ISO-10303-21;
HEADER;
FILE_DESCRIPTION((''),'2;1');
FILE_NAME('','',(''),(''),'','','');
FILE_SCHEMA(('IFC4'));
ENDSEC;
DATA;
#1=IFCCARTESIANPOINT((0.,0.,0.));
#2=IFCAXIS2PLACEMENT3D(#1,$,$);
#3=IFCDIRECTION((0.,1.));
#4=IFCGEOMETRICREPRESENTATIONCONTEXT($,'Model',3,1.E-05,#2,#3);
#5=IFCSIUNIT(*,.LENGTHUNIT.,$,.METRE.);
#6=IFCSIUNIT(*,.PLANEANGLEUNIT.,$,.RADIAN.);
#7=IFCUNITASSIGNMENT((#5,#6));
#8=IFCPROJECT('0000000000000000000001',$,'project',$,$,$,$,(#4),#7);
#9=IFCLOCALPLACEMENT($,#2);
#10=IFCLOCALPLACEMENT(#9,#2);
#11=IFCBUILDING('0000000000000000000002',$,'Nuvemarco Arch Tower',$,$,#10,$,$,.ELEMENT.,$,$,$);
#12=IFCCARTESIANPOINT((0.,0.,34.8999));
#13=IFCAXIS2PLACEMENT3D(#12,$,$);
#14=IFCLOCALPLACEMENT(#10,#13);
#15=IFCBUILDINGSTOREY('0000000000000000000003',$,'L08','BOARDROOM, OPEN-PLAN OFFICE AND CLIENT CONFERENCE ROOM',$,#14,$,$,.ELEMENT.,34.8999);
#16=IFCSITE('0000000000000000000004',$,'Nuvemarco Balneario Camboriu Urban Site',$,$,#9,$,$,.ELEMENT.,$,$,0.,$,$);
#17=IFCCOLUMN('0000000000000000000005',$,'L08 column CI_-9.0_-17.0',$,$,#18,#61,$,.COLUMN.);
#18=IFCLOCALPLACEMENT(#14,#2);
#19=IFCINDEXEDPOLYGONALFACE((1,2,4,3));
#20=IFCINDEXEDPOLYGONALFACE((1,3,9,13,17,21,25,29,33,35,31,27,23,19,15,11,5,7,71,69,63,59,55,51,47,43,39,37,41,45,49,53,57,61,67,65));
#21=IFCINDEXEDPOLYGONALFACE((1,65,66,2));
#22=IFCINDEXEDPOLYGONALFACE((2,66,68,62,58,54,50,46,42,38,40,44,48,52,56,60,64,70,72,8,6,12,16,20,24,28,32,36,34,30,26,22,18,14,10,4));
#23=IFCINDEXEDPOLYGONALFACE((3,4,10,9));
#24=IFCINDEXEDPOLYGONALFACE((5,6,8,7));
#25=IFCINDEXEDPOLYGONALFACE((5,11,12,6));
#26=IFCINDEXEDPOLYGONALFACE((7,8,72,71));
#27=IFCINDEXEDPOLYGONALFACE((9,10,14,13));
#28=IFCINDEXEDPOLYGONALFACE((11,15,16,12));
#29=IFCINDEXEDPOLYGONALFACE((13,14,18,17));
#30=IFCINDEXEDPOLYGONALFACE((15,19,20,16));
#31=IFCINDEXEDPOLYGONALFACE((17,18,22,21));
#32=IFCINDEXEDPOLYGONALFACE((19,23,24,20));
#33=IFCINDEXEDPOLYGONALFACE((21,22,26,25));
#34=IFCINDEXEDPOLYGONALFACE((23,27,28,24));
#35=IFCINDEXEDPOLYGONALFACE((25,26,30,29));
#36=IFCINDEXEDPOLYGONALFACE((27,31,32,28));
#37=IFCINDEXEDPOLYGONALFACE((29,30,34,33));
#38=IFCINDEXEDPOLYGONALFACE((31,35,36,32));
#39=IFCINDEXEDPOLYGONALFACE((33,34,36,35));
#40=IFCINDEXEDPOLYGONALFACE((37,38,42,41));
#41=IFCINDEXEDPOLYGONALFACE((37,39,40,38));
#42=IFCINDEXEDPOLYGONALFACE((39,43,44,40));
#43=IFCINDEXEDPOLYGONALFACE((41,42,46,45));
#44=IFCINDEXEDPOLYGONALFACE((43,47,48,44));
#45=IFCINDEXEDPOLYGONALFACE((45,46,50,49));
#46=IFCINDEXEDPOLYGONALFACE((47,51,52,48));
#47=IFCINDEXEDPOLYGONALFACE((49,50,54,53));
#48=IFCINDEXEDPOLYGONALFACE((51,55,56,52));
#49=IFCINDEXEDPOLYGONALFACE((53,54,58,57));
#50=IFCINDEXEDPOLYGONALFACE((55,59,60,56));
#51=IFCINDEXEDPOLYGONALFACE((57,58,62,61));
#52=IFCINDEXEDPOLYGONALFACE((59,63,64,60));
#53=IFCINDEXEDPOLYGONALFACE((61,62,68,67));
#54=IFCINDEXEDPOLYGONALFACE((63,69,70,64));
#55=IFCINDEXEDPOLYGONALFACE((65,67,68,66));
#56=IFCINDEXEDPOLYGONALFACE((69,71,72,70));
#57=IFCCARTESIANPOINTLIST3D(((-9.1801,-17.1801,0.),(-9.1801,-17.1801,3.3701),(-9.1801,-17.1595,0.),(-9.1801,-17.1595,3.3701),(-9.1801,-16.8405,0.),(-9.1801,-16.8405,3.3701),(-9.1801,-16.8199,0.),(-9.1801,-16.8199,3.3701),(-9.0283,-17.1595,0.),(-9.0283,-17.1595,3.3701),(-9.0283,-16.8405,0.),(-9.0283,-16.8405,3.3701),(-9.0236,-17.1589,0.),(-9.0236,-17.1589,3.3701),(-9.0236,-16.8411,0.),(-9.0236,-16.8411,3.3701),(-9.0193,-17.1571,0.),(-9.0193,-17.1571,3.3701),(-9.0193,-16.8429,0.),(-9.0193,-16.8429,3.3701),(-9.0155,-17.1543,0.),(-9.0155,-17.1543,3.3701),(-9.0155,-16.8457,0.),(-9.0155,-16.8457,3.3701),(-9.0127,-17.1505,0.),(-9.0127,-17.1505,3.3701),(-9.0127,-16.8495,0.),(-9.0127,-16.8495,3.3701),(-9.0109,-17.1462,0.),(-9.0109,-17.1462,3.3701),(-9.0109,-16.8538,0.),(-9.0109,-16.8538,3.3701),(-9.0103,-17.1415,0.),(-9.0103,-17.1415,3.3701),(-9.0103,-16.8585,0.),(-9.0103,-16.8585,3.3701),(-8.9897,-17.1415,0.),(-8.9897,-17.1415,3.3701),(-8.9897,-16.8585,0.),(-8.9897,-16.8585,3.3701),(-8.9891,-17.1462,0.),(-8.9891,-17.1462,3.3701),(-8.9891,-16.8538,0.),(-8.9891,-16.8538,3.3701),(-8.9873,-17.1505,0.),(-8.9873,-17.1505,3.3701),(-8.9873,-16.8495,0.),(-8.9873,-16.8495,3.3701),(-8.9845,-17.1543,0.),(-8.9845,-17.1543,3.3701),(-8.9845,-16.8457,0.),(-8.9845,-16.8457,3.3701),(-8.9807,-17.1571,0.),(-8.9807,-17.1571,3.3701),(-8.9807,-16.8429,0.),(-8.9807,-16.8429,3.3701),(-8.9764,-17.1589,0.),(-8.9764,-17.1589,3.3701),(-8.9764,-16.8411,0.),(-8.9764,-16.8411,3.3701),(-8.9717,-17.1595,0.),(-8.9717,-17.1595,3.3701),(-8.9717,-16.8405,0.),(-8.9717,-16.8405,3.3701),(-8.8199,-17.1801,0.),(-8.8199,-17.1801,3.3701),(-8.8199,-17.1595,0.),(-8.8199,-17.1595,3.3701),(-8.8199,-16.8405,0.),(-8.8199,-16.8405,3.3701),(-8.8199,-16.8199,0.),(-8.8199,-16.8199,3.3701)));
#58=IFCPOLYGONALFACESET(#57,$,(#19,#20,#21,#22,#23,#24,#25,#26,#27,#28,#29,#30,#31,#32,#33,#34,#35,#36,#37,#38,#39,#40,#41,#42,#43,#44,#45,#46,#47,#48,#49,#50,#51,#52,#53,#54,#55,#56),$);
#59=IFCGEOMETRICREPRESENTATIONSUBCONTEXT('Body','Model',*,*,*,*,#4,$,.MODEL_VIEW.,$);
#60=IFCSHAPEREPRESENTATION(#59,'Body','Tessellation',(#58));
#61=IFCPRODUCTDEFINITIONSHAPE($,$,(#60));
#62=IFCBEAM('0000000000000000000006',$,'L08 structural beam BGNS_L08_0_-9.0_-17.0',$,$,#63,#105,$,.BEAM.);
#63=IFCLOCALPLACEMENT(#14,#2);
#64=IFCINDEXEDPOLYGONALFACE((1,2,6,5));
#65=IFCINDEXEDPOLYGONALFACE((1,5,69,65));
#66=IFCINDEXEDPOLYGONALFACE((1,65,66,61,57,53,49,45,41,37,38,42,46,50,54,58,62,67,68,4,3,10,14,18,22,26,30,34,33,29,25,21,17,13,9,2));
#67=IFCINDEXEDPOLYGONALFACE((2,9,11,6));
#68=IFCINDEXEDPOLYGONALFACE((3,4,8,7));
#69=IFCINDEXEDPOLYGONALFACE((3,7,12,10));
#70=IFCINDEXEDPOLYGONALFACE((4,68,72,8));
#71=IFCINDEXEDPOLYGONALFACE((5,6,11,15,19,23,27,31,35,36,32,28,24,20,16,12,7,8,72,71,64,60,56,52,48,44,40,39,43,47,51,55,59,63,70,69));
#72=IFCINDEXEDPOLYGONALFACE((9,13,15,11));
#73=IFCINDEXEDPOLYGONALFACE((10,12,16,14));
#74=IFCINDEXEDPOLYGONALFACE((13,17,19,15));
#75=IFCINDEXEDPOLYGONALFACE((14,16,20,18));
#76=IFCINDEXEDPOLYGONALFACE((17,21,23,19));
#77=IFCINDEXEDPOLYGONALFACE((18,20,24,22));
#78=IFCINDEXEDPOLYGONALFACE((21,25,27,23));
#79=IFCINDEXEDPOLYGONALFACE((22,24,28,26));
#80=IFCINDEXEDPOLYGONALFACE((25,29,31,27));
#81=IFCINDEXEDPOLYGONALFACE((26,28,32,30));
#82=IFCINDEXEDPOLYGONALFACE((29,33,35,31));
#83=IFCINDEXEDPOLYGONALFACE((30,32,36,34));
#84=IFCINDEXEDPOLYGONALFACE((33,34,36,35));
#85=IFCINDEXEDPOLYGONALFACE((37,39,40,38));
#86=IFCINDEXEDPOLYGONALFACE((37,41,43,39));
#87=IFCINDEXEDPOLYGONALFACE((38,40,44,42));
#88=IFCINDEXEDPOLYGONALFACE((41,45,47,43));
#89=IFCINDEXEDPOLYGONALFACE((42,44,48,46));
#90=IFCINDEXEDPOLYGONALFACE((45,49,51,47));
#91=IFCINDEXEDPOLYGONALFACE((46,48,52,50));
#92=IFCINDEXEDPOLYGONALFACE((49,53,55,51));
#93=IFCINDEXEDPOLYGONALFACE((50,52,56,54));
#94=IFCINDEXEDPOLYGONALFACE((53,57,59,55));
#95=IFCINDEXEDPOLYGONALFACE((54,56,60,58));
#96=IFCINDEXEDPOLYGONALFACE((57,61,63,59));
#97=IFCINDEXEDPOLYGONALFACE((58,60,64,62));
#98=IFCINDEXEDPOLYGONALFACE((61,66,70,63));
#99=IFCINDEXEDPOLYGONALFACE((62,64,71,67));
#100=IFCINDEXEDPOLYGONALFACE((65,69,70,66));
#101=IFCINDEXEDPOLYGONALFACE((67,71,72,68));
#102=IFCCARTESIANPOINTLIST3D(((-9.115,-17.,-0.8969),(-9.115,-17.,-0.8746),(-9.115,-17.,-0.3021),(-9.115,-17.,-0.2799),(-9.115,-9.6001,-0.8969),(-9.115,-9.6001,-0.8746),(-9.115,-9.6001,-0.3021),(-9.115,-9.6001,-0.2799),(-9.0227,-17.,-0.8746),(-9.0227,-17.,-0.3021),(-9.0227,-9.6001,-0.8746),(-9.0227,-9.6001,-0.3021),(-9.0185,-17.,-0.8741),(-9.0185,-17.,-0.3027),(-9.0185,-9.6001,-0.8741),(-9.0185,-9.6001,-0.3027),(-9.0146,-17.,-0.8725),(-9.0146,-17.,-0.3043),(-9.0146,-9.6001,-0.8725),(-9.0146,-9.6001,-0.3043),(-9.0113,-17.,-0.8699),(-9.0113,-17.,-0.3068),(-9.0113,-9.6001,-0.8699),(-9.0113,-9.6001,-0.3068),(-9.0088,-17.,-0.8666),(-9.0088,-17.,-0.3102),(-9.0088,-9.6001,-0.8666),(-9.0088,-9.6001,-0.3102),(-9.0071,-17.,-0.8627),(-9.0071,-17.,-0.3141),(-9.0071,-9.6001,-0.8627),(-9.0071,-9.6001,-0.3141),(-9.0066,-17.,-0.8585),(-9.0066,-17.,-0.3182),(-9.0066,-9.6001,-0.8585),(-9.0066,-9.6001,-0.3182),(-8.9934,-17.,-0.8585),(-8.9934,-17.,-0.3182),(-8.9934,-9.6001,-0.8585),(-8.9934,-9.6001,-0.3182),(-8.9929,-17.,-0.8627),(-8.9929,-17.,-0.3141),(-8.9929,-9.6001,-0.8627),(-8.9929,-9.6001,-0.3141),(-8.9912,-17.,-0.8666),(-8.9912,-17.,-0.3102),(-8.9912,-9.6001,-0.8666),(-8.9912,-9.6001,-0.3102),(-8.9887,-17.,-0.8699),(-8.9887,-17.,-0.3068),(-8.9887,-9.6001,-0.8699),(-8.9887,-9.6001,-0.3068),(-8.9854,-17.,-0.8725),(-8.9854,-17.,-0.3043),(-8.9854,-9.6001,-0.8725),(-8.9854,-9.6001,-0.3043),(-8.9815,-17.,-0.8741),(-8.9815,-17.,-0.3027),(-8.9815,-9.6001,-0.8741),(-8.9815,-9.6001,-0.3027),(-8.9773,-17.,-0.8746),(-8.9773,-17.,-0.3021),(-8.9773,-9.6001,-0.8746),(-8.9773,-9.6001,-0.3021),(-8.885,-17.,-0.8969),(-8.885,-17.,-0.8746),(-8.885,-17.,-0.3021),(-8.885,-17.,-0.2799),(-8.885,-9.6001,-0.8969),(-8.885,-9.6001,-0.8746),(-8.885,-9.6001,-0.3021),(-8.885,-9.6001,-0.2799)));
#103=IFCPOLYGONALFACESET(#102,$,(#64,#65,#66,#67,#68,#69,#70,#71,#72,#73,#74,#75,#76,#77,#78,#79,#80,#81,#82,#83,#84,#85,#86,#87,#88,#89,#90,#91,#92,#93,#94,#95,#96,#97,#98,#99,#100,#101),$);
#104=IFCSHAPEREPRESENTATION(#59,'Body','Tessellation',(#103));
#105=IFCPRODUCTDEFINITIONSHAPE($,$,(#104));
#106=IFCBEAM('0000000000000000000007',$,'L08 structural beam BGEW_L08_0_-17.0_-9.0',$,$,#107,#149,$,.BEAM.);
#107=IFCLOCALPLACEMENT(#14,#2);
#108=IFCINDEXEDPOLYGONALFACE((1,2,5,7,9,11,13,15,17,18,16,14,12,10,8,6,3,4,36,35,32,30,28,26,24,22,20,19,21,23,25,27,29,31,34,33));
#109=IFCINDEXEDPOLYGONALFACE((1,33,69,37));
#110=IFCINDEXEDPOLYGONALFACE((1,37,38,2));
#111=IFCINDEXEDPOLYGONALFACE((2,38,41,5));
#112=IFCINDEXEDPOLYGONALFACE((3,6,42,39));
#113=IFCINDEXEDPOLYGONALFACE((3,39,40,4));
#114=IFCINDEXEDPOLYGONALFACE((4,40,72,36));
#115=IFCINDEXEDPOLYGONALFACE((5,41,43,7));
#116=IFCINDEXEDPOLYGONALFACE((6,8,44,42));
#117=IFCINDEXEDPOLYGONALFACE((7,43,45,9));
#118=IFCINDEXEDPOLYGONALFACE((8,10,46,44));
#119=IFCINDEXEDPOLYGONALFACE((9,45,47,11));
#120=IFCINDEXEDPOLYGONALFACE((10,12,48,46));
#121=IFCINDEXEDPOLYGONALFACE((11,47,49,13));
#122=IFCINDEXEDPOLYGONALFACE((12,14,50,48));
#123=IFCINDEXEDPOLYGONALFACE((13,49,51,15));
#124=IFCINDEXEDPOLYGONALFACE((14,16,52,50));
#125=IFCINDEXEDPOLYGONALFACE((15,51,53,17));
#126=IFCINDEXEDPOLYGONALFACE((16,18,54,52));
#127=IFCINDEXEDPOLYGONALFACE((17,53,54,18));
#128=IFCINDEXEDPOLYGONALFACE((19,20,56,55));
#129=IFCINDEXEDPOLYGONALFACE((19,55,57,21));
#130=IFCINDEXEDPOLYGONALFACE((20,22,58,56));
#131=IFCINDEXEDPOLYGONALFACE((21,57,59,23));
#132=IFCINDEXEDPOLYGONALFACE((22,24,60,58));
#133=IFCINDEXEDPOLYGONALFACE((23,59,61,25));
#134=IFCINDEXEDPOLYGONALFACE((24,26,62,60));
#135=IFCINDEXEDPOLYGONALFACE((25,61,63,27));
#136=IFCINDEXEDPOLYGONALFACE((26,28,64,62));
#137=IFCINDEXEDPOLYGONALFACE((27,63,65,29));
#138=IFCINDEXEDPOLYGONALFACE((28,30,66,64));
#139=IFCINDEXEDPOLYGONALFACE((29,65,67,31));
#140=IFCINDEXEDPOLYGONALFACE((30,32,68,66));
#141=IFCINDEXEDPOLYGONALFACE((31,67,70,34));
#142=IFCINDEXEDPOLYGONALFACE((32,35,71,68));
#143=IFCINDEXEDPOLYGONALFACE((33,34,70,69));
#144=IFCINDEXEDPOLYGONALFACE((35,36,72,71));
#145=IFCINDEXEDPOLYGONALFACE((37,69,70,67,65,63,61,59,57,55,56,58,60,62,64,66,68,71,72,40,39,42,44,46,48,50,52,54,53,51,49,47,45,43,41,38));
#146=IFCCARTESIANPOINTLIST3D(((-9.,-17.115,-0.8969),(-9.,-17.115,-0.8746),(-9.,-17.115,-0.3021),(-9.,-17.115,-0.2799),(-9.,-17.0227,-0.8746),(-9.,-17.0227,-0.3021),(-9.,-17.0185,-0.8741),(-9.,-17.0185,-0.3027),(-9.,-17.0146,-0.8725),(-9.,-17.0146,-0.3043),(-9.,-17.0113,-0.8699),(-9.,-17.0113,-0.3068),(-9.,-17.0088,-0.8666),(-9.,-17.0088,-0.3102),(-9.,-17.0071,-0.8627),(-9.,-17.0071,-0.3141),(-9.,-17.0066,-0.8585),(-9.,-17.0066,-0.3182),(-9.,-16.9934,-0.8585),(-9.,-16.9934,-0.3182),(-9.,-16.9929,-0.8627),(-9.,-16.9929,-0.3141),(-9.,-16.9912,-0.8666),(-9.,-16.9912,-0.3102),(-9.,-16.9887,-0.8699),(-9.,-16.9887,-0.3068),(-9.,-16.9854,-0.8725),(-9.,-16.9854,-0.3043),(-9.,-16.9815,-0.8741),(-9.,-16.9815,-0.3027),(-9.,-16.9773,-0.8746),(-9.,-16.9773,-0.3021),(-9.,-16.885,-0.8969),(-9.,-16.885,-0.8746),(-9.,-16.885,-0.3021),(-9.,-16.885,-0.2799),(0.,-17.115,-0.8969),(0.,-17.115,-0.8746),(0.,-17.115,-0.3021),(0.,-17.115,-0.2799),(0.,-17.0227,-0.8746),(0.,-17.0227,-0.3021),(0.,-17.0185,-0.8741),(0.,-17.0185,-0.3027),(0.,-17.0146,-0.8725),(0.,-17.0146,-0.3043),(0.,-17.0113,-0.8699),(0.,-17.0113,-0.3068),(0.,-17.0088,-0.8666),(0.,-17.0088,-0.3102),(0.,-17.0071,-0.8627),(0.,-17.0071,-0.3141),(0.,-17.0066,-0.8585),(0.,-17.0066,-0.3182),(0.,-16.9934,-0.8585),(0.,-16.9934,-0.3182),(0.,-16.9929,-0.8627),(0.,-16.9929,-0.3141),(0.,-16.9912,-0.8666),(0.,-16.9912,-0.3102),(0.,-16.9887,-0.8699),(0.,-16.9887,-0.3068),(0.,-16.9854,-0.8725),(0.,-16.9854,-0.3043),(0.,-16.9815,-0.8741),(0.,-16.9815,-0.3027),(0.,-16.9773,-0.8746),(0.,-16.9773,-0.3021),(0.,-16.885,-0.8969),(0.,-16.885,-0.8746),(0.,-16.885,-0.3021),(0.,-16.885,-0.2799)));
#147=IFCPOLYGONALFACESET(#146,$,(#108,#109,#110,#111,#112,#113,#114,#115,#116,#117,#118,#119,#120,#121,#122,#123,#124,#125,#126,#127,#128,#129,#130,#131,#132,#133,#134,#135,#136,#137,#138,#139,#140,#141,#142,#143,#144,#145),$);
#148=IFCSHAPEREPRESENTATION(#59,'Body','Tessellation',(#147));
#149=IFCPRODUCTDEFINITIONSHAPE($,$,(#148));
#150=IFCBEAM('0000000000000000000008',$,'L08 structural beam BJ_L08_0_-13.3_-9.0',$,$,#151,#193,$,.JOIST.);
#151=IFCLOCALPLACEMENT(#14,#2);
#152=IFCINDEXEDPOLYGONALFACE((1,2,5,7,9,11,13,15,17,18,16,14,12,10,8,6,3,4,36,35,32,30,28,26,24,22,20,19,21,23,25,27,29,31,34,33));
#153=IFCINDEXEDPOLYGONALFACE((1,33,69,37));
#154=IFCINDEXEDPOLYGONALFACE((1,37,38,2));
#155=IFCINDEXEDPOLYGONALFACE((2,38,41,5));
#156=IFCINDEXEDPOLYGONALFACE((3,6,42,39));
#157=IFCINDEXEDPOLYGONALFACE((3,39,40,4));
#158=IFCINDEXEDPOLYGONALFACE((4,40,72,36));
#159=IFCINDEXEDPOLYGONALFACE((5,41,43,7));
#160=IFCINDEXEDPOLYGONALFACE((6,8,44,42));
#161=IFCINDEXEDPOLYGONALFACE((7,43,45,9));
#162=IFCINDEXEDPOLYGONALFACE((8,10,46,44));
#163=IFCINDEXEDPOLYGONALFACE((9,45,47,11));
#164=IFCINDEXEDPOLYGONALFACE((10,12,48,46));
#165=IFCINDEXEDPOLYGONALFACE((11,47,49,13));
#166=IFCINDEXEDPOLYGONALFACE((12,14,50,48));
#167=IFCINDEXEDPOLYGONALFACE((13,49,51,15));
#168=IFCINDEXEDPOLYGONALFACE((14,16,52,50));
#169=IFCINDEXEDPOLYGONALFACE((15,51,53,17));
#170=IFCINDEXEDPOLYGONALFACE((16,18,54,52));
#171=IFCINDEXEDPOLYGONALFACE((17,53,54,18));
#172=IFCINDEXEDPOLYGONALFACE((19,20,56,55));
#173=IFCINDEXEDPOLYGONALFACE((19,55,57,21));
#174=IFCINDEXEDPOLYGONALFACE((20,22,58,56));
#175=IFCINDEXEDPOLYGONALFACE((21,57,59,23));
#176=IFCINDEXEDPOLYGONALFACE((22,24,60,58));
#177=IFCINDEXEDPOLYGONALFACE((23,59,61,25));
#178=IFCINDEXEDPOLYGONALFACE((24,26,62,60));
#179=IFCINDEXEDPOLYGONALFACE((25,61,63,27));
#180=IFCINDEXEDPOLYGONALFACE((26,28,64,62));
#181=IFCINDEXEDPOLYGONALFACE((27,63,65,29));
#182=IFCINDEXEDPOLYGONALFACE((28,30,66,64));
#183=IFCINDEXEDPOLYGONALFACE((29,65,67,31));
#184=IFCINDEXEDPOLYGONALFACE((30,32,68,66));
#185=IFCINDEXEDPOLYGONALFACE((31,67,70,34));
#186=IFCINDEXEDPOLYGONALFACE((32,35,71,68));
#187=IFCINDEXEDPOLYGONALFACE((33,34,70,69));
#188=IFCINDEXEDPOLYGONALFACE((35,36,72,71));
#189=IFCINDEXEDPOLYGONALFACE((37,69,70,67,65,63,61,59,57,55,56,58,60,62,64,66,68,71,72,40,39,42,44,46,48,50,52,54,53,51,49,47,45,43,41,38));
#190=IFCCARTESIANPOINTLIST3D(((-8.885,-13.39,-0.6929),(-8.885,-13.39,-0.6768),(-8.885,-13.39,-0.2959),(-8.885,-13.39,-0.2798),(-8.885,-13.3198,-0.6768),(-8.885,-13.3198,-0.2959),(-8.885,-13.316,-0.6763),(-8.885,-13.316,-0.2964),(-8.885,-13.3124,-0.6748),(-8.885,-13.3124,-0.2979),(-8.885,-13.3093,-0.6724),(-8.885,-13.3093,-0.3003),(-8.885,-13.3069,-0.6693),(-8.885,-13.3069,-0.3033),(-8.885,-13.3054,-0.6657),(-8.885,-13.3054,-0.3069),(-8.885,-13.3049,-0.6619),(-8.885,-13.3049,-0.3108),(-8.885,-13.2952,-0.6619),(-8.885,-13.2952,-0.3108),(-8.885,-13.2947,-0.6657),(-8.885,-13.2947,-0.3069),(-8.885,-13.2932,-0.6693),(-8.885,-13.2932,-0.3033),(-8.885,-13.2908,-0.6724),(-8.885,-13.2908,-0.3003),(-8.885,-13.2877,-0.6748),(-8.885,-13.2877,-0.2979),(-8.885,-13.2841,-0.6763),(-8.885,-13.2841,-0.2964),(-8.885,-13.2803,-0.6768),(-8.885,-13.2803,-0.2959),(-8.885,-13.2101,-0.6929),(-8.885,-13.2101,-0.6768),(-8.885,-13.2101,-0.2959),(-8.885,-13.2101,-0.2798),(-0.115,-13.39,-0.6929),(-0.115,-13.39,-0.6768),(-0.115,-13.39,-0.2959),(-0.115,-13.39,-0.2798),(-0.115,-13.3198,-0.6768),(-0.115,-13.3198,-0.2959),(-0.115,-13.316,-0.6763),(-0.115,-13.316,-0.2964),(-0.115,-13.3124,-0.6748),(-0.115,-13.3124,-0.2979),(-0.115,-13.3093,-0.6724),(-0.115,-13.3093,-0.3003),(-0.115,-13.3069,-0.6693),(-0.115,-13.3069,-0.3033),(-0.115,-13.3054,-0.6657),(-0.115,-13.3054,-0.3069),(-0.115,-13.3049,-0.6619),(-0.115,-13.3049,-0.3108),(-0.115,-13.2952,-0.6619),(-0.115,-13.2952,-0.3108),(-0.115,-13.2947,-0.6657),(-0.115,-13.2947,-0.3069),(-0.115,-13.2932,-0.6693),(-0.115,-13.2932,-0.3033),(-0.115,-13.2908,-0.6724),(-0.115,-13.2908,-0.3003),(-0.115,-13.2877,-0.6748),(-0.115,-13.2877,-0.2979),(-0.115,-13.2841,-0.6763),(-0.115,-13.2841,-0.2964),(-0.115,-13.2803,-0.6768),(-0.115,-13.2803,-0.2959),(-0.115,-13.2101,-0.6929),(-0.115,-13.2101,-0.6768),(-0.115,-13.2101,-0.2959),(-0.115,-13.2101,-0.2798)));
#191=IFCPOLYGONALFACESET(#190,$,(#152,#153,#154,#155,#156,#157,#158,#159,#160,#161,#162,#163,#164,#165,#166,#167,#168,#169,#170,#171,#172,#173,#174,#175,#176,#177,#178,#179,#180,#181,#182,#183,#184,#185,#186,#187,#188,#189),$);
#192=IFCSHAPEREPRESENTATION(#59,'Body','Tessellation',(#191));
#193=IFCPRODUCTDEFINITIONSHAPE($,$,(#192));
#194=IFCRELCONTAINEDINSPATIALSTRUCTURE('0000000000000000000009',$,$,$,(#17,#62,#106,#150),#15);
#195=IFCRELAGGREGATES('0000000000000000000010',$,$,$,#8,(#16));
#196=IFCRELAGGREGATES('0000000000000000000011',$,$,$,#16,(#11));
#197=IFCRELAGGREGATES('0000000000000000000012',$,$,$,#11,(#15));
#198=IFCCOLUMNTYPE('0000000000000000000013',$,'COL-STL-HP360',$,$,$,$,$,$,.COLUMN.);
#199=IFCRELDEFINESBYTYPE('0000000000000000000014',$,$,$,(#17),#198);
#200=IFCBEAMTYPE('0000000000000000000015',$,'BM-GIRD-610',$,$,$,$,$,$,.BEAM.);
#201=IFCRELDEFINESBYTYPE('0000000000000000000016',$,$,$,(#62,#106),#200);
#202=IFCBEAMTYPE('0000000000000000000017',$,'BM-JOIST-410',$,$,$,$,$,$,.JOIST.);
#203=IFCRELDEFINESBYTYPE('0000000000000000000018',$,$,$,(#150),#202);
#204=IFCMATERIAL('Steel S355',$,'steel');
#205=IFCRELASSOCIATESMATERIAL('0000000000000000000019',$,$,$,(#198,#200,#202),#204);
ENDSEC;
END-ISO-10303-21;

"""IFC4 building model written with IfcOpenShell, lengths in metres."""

from ifc_helpers import new_model, si_unit, direction, frame, origin, origin_2d, place, context, subcontext, project, spatial, i_section, extrude, material, material_profile, profile_set, type_object, element, save


model = new_model("IFC4")

# Units and contexts
model_context = context("Model", 3, precision=1e-05, world=origin(), true_north=direction((0.0, 1.0)))
body_context = subcontext(model_context, "Body", "Model", "MODEL_VIEW")
ifc_project = project(units=[si_unit("LENGTHUNIT", "METRE"), si_unit("PLANEANGLEUNIT", "RADIAN")], contexts=[model_context])

# Site, building, storey
site_placement = place(None, origin())
site = spatial("IfcSite", under=ifc_project, at=site_placement, Name="Nuvemarco Balneario Camboriu Urban Site", CompositionType="ELEMENT", RefElevation=0.0)
building_placement = place(site_placement, origin())
building = spatial("IfcBuilding", under=site, at=building_placement, Name="Nuvemarco Arch Tower", CompositionType="ELEMENT")
storey_placement = place(building_placement, frame((0.0, 0.0, 34.8999)))
storey = spatial("IfcBuildingStorey", under=building, at=storey_placement, Name="L08", Description="BOARDROOM, OPEN-PLAN OFFICE AND CLIENT CONFERENCE ROOM", CompositionType="ELEMENT", Elevation=34.8999)

# Column
ifc_material_1 = material(Name="Steel S355", Category="steel")
ifc_material_profile_1 = material_profile(ifc_material_1, i_section(OverallWidth=0.3601, OverallDepth=0.3601, WebThickness=0.0205, FlangeThickness=0.0205, FilletRadius=0.0181, at=origin_2d()), Name="HP360x174")
ifc_profile_set_1 = profile_set([ifc_material_profile_1], Name="Steel S355")
column_type = type_object("IfcColumnType", Name="COL-STL-HP360", PredefinedType="COLUMN", material=ifc_profile_set_1)
column_placement = place(storey_placement, frame((-9.0, -17.0, 0.0), z_axis=(0.0, 0.0, 1.0), x_axis=(1.0, 0.0, 0.0)))
element("IfcColumn", 1, at=column_placement, inside=storey, type_object=column_type, Name="L08 column CI_-9.0_-17.0", PredefinedType="COLUMN", context=body_context, shape_type="SweptSolid", body=[
    extrude(i_section(OverallWidth=0.3601, OverallDepth=0.3601, WebThickness=0.0205, FlangeThickness=0.0205, FilletRadius=0.0181, at=origin_2d()), origin(), (0.0, 0.0, 1.0), 3.3701),
])

# Beams
ifc_material_profile_2 = material_profile(ifc_material_1, i_section(OverallWidth=0.23, OverallDepth=0.6169, WebThickness=0.0132, FlangeThickness=0.0222, FilletRadius=0.0161, at=origin_2d()), Name="W610x140")
ifc_profile_set_2 = profile_set([ifc_material_profile_2], Name="Steel S355")
beam_type_1 = type_object("IfcBeamType", Name="BM-GIRD-610", PredefinedType="BEAM", material=ifc_profile_set_2)
beam_1_placement = place(storey_placement, frame((-9.0, -17.0, -0.5884), z_axis=(0.0, 1.0, 0.0), x_axis=(-1.0, 0.0, 0.0)))
element("IfcBeam", 2, at=beam_1_placement, inside=storey, type_object=beam_type_1, Name="L08 structural beam BGNS_L08_0_-9.0_-17.0", PredefinedType="BEAM", context=body_context, shape_type="SweptSolid", body=[
    extrude(i_section(OverallWidth=0.23, OverallDepth=0.6169, WebThickness=0.0132, FlangeThickness=0.0222, FilletRadius=0.0161, at=origin_2d()), origin(), (0.0, 0.0, 1.0), 7.3999),
])
beam_2_placement = place(storey_placement, frame((-9.0, -17.0, -0.5884), z_axis=(1.0, 0.0, 0.0), x_axis=(0.0, 1.0, 0.0)))
element("IfcBeam", 3, at=beam_2_placement, inside=storey, type_object=beam_type_1, Name="L08 structural beam BGEW_L08_0_-17.0_-9.0", PredefinedType="BEAM", context=body_context, shape_type="SweptSolid", body=[
    extrude(i_section(OverallWidth=0.23, OverallDepth=0.6169, WebThickness=0.0132, FlangeThickness=0.0222, FilletRadius=0.0161, at=origin_2d()), origin(), (0.0, 0.0, 1.0), 9.0),
])
ifc_material_profile_3 = material_profile(ifc_material_1, i_section(OverallWidth=0.1799, OverallDepth=0.4131, WebThickness=0.0098, FlangeThickness=0.0161, FilletRadius=0.0149, at=origin_2d()), Name="W410x75")
ifc_profile_set_3 = profile_set([ifc_material_profile_3], Name="Steel S355")
beam_type_2 = type_object("IfcBeamType", Name="BM-JOIST-410", PredefinedType="JOIST", material=ifc_profile_set_3)
beam_3_placement = place(storey_placement, frame((-8.885, -13.3, -0.4863), z_axis=(1.0, 0.0, 0.0), x_axis=(0.0, 1.0, 0.0)))
element("IfcBeam", 4, at=beam_3_placement, inside=storey, type_object=beam_type_2, Name="L08 structural beam BJ_L08_0_-13.3_-9.0", PredefinedType="JOIST", context=body_context, shape_type="SweptSolid", body=[
    extrude(i_section(OverallWidth=0.1799, OverallDepth=0.4131, WebThickness=0.0098, FlangeThickness=0.0161, FilletRadius=0.0149, at=origin_2d()), origin(), (0.0, 0.0, 1.0), 8.77),
])

save(model, "model.ifc")
